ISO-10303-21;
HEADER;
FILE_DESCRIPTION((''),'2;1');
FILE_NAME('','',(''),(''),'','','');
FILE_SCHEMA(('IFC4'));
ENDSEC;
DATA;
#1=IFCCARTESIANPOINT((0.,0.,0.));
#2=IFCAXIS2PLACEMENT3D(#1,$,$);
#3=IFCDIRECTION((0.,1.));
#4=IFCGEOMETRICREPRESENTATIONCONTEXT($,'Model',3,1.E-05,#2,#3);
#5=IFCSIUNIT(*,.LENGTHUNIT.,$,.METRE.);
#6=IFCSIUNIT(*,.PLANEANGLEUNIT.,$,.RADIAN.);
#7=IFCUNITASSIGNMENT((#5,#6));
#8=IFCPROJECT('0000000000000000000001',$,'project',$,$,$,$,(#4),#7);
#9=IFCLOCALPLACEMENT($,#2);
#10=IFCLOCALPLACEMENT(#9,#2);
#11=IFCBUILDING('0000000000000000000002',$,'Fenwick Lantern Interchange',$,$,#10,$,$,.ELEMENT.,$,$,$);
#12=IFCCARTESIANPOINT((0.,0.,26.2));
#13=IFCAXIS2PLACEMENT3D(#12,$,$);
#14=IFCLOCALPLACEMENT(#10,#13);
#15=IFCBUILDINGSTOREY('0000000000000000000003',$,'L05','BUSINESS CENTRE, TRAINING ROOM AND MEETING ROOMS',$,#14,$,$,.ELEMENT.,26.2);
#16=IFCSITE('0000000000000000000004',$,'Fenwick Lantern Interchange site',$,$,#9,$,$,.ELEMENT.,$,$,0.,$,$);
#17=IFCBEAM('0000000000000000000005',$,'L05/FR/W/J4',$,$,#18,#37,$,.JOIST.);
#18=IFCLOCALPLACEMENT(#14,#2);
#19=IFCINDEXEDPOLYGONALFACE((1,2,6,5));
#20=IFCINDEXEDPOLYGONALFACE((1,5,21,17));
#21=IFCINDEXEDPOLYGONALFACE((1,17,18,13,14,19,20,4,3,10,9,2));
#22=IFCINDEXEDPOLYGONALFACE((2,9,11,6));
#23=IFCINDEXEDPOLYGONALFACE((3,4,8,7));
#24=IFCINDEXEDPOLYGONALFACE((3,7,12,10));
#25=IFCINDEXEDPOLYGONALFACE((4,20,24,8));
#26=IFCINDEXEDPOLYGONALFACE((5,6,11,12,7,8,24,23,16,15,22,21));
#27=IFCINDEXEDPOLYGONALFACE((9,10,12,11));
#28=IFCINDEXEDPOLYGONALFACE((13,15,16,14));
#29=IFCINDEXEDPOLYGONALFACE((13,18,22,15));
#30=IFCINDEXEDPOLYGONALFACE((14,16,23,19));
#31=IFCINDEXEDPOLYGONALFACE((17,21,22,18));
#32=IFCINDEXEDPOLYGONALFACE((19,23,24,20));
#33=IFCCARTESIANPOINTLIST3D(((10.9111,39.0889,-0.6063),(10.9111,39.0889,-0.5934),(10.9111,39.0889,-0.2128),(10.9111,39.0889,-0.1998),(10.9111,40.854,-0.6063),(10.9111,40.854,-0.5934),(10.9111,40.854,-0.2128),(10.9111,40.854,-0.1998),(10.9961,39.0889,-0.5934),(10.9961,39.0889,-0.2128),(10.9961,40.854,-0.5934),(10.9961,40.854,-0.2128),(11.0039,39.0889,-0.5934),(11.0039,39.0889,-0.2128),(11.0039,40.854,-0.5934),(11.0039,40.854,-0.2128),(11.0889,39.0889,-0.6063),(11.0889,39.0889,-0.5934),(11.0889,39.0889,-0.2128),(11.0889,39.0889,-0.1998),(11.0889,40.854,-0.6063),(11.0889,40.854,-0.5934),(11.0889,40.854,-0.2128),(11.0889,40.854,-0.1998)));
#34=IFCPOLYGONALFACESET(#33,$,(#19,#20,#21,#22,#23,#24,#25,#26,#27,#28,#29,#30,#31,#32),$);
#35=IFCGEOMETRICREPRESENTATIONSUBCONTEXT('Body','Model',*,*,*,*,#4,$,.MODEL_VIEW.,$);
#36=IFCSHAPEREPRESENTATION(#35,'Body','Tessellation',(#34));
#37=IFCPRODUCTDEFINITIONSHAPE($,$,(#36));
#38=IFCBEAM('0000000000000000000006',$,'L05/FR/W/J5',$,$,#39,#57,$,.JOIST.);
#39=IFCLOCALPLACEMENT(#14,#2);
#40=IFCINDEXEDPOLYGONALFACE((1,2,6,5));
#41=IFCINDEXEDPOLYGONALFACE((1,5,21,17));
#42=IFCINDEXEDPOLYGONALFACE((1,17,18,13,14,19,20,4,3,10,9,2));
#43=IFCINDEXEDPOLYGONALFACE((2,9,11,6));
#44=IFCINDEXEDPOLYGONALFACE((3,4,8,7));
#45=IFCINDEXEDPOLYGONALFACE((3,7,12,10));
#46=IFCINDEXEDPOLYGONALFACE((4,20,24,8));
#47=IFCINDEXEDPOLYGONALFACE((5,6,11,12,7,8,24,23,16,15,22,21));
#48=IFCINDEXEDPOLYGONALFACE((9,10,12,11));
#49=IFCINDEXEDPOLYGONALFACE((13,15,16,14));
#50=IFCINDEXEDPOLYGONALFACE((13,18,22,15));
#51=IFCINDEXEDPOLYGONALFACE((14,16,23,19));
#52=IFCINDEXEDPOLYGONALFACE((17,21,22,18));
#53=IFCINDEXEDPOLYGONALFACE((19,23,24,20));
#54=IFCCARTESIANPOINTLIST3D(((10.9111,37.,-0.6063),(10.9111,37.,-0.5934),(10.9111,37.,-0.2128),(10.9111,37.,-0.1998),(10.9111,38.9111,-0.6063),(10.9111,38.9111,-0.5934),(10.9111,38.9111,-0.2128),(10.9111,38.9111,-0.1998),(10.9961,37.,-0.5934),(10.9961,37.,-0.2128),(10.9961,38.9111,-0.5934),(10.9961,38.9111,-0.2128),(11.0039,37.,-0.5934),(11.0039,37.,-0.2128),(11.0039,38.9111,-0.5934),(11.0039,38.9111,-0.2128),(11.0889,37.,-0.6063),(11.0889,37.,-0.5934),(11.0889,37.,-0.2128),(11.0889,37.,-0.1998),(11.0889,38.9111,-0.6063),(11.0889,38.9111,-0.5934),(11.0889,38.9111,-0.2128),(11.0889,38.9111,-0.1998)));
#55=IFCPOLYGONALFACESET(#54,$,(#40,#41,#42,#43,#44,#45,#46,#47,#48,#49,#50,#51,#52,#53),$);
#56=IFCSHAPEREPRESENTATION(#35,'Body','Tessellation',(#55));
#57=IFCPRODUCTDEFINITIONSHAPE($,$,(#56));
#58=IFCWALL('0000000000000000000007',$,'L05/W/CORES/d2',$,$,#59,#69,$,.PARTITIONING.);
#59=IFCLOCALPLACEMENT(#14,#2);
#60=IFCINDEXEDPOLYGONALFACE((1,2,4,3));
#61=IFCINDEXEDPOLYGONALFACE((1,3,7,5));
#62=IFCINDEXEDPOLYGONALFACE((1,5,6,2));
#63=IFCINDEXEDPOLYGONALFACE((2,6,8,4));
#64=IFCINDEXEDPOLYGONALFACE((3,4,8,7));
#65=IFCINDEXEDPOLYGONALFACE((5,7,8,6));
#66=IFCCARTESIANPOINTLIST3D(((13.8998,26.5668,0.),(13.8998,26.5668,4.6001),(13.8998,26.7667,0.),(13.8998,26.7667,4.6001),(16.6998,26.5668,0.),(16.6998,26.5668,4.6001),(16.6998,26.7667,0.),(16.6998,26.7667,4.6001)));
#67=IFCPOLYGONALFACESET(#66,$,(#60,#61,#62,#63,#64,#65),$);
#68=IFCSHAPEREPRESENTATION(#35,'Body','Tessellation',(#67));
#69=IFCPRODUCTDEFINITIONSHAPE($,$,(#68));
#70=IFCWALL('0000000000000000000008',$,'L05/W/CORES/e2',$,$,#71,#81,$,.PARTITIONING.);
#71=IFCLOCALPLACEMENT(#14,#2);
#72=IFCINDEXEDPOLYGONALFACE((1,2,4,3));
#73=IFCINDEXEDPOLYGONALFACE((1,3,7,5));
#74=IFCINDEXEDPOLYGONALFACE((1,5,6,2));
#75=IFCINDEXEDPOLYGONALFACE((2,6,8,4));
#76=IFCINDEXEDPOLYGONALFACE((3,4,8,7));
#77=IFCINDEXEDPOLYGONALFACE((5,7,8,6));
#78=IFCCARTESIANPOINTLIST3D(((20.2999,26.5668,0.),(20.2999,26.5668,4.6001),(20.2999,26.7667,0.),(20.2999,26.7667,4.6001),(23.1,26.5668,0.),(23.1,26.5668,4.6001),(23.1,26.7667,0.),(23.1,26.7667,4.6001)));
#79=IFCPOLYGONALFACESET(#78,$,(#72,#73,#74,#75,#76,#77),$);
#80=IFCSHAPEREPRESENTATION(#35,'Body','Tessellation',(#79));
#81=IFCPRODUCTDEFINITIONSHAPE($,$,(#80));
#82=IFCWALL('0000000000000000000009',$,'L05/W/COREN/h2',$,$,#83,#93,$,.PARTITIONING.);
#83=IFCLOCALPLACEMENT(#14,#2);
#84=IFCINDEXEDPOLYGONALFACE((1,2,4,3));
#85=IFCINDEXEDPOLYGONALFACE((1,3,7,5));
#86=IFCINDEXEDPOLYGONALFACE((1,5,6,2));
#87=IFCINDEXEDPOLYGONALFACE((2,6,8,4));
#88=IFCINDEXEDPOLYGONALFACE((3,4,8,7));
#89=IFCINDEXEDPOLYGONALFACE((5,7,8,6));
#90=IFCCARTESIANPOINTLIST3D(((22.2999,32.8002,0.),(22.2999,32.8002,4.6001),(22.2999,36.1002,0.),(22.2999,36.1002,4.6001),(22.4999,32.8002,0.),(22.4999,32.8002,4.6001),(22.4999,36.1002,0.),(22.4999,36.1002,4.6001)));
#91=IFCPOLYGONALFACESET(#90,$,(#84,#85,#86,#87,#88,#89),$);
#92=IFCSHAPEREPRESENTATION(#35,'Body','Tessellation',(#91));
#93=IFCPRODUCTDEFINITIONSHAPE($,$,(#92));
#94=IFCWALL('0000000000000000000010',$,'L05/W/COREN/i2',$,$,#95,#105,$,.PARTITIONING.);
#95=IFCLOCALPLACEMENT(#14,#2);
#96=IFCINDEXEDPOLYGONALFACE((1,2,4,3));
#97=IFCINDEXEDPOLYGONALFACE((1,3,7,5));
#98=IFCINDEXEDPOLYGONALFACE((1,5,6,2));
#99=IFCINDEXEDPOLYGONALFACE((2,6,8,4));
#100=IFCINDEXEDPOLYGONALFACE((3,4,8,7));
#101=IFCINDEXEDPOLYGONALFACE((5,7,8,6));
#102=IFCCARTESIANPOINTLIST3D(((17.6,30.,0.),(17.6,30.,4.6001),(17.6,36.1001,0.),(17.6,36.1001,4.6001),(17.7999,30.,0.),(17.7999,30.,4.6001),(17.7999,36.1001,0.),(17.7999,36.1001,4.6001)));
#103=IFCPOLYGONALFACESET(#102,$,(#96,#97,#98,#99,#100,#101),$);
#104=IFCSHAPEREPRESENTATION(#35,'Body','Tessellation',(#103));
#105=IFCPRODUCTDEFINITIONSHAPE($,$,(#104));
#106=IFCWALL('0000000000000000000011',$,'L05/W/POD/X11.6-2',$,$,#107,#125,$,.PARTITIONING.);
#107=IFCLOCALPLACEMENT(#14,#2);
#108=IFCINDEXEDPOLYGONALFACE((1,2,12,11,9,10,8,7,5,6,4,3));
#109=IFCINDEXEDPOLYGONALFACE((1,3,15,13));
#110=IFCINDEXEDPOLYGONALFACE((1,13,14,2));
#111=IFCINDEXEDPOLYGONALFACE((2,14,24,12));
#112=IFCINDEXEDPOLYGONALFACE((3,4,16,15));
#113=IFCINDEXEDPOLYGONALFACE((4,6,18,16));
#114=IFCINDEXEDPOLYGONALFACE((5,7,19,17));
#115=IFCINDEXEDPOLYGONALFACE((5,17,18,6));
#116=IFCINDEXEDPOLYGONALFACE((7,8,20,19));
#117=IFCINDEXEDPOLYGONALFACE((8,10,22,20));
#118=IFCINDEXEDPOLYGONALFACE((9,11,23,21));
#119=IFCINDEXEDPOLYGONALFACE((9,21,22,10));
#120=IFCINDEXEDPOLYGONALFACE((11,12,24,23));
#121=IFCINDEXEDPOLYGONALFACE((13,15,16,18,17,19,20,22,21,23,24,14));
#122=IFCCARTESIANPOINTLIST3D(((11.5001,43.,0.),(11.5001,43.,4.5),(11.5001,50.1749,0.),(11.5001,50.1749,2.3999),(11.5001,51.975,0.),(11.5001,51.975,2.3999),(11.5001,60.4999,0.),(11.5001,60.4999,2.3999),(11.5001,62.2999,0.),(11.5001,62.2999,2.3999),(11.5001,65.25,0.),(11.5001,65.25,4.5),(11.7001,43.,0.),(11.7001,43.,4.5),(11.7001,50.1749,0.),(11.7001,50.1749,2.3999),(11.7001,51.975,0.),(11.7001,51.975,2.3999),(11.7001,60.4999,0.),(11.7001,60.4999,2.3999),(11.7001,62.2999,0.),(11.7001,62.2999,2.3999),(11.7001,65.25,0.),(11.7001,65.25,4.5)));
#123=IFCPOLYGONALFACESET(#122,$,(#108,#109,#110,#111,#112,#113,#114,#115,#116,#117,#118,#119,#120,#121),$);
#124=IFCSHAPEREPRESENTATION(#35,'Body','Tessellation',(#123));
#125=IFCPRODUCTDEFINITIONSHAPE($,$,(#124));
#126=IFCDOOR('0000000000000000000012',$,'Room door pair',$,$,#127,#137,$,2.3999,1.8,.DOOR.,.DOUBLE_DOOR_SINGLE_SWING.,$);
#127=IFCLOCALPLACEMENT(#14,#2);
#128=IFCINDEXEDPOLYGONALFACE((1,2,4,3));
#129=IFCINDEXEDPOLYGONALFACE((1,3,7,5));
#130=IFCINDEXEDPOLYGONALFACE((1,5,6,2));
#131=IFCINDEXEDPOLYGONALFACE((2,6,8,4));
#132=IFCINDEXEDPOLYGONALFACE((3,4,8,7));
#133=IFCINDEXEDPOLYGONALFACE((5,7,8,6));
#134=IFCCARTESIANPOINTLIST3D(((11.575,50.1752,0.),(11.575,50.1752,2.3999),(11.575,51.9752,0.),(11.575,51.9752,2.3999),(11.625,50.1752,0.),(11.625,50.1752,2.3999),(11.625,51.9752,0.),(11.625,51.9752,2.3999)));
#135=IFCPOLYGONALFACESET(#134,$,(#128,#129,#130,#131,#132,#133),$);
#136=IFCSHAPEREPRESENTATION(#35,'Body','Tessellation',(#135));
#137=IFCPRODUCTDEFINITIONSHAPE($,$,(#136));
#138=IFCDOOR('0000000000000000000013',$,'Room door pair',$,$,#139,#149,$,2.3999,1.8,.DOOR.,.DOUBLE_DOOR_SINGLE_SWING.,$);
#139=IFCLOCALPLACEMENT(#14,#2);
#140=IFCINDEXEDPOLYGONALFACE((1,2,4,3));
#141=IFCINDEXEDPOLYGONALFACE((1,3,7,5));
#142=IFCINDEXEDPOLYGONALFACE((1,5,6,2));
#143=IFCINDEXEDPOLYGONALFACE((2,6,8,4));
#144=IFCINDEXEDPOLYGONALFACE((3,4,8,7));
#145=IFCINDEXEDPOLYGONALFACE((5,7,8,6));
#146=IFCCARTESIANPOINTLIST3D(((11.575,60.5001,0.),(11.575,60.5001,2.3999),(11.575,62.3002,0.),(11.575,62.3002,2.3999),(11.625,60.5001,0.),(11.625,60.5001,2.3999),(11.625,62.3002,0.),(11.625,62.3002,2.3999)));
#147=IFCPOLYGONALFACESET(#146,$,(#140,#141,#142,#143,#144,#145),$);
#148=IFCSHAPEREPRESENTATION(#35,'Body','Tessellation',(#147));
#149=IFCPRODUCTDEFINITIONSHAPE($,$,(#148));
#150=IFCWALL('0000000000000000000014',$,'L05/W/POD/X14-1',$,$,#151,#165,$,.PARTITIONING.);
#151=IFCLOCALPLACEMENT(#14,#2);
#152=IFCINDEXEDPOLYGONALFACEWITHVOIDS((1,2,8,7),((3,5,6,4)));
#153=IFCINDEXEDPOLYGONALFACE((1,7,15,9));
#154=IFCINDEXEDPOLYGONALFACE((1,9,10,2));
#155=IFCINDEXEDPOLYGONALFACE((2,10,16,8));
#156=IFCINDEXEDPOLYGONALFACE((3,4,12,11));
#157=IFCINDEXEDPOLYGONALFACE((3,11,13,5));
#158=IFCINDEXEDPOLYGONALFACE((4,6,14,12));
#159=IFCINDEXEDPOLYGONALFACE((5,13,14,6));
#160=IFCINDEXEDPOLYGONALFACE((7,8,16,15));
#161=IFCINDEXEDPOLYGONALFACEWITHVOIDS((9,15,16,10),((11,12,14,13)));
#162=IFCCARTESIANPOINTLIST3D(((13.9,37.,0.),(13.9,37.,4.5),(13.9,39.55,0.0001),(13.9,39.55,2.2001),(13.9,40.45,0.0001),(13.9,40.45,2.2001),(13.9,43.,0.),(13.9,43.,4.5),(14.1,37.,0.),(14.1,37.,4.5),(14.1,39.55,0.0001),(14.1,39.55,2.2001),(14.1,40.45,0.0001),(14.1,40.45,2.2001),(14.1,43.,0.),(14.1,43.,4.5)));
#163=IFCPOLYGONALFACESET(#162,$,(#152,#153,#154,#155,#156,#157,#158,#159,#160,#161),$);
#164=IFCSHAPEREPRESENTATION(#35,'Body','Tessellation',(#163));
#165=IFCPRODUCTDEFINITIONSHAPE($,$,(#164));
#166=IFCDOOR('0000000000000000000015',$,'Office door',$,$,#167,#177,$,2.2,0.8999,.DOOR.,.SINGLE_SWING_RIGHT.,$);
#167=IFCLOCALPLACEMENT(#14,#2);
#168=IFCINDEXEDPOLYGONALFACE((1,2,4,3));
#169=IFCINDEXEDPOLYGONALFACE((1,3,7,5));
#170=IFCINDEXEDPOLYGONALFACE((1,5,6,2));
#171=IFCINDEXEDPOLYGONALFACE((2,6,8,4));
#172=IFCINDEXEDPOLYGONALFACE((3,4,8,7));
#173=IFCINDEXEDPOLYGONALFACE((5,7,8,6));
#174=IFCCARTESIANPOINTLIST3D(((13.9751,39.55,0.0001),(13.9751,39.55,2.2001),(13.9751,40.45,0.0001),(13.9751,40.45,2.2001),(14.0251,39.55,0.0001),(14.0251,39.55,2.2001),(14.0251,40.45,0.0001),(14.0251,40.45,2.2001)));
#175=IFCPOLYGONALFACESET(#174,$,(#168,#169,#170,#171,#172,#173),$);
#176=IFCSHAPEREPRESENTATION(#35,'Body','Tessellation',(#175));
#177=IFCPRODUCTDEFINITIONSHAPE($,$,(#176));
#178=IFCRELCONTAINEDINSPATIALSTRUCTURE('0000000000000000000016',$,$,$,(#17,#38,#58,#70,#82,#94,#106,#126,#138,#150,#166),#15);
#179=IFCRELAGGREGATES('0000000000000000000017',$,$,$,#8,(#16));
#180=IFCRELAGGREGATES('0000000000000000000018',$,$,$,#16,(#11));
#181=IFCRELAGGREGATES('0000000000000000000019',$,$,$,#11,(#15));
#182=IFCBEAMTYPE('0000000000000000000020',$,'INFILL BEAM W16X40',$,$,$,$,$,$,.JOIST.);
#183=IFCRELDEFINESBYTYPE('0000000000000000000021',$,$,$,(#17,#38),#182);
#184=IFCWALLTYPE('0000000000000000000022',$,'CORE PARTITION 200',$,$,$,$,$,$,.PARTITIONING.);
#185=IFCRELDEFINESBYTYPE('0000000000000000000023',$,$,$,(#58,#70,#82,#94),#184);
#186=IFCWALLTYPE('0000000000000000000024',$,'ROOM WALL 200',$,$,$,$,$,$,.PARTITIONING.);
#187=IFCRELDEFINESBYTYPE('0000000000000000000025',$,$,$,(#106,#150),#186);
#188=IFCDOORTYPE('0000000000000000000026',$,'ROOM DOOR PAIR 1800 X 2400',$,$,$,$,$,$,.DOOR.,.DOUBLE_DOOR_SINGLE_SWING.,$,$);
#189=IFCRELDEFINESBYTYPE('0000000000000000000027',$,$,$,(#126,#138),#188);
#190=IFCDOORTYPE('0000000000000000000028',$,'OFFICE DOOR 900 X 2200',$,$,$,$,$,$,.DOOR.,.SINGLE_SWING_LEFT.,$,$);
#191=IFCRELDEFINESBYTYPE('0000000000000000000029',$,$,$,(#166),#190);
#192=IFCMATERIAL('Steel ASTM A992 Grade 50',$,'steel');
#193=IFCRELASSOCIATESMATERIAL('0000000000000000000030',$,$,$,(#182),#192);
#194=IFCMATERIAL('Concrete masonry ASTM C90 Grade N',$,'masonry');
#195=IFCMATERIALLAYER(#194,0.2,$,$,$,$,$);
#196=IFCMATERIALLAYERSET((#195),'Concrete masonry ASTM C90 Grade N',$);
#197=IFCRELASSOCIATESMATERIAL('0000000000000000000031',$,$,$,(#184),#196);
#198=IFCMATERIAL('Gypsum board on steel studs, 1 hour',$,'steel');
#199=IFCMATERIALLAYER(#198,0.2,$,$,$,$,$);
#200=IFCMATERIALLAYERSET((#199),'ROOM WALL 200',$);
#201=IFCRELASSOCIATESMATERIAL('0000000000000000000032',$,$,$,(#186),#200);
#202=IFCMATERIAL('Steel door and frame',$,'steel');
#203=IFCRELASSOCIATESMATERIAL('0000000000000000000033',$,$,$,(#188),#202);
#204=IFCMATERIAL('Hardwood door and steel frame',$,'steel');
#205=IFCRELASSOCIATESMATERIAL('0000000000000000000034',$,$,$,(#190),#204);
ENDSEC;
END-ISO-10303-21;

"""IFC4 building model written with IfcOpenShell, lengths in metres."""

from ifc_helpers import new_model, si_unit, direction, frame, frame_2d, origin, origin_2d, place, context, subcontext, project, spatial, rectangle, i_section, extrude, material, layer, layer_set, material_profile, profile_set, type_object, element, fill, save


model = new_model("IFC4")

# Units and contexts
model_context = context("Model", 3, precision=1e-05, world=origin(), true_north=direction((0.0, 1.0)))
body_context = subcontext(model_context, "Body", "Model", "MODEL_VIEW")
ifc_project = project(units=[si_unit("LENGTHUNIT", "METRE"), si_unit("PLANEANGLEUNIT", "RADIAN")], contexts=[model_context])

# Site, building, storey
site_placement = place(None, origin())
site = spatial("IfcSite", under=ifc_project, at=site_placement, Name="Fenwick Lantern Interchange site", CompositionType="ELEMENT", RefElevation=0.0)
building_placement = place(site_placement, origin())
building = spatial("IfcBuilding", under=site, at=building_placement, Name="Fenwick Lantern Interchange", CompositionType="ELEMENT")
storey_placement = place(building_placement, frame((0.0, 0.0, 26.2)))
storey = spatial("IfcBuildingStorey", under=building, at=storey_placement, Name="L05", Description="BUSINESS CENTRE, TRAINING ROOM AND MEETING ROOMS", CompositionType="ELEMENT", Elevation=26.2)

# Beams
ifc_material_1 = material(Name="Steel ASTM A992 Grade 50", Category="steel")
ifc_material_profile = material_profile(ifc_material_1, i_section(OverallWidth=0.1777, OverallDepth=0.4065, WebThickness=0.0078, FlangeThickness=0.0129, at=origin_2d()), Name="W16X40")
ifc_profile_set = profile_set([ifc_material_profile], Name="Steel ASTM A992 Grade 50")
beam_type = type_object("IfcBeamType", Name="INFILL BEAM W16X40", PredefinedType="JOIST", material=ifc_profile_set)
beam_1_placement = place(storey_placement, frame((11.0, 40.854, -0.4031), z_axis=(0.0, -1.0, 0.0), x_axis=(1.0, 0.0, 0.0)))
element("IfcBeam", 1, at=beam_1_placement, inside=storey, type_object=beam_type, Name="L05/FR/W/J4", PredefinedType="JOIST", context=body_context, shape_type="SweptSolid", body=[
    extrude(i_section(OverallWidth=0.1777, OverallDepth=0.4065, WebThickness=0.0078, FlangeThickness=0.0129, at=origin_2d()), origin(), (0.0, 0.0, 1.0), 1.7651),
])
beam_2_placement = place(storey_placement, frame((11.0, 38.9111, -0.4031), z_axis=(0.0, -1.0, 0.0), x_axis=(1.0, 0.0, 0.0)))
element("IfcBeam", 2, at=beam_2_placement, inside=storey, type_object=beam_type, Name="L05/FR/W/J5", PredefinedType="JOIST", context=body_context, shape_type="SweptSolid", body=[
    extrude(i_section(OverallWidth=0.1777, OverallDepth=0.4065, WebThickness=0.0078, FlangeThickness=0.0129, at=origin_2d()), origin(), (0.0, 0.0, 1.0), 1.9111),
])

# Walls
ifc_material_2 = material(Name="Concrete masonry ASTM C90 Grade N", Category="masonry")
ifc_layer_1 = layer(ifc_material_2, 0.2)
ifc_layer_set_1 = layer_set([ifc_layer_1], Name="Concrete masonry ASTM C90 Grade N")
wall_type_1 = type_object("IfcWallType", Name="CORE PARTITION 200", PredefinedType="PARTITIONING", material=ifc_layer_set_1)
for number, where, z_axis, x_axis, name in (
    (3, (13.8999, 26.6667, 0.0), (0.0, 0.0, 1.0), (1.0, 0.0, 0.0), "L05/W/CORES/d2"),
    (4, (20.3, 26.6667, 0.0), (0.0, 0.0, 1.0), (1.0, 0.0, 0.0), "L05/W/CORES/e2"),
):
    element("IfcWall", number, at=place(storey_placement, frame(where, z_axis=z_axis, x_axis=x_axis)), inside=storey, type_object=wall_type_1, Name=name, PredefinedType="PARTITIONING", context=body_context, shape_type="SweptSolid", body=[
        extrude(rectangle(XDim=2.8, YDim=0.2, at=frame_2d((1.3999, 0.0))), origin(), (0.0, 0.0, 1.0), 4.6001),
    ])
wall_1_placement = place(storey_placement, frame((22.3999, 36.1001, 0.0), z_axis=(0.0, 0.0, 1.0), x_axis=(0.0, -1.0, 0.0)))
element("IfcWall", 5, at=wall_1_placement, inside=storey, type_object=wall_type_1, Name="L05/W/COREN/h2", PredefinedType="PARTITIONING", context=body_context, shape_type="SweptSolid", body=[
    extrude(rectangle(XDim=3.3, YDim=0.2, at=frame_2d((1.6499, 0.0))), origin(), (0.0, 0.0, 1.0), 4.6001),
])
wall_2_placement = place(storey_placement, frame((17.7, 36.1001, 0.0), z_axis=(0.0, 0.0, 1.0), x_axis=(0.0, -1.0, 0.0)))
element("IfcWall", 6, at=wall_2_placement, inside=storey, type_object=wall_type_1, Name="L05/W/COREN/i2", PredefinedType="PARTITIONING", context=body_context, shape_type="SweptSolid", body=[
    extrude(rectangle(XDim=6.1001, YDim=0.2, at=frame_2d((3.05, 0.0))), origin(), (0.0, 0.0, 1.0), 4.6001),
])

# Wall, openings, doors
ifc_material_3 = material(Name="Steel door and frame", Category="steel")
ifc_material_4 = material(Name="Hardwood door and steel frame", Category="steel")
ifc_material_5 = material(Name="Gypsum board on steel studs, 1 hour", Category="steel")
ifc_layer_2 = layer(ifc_material_5, 0.2)
ifc_layer_set_2 = layer_set([ifc_layer_2], Name="ROOM WALL 200")
wall_type_2 = type_object("IfcWallType", Name="ROOM WALL 200", PredefinedType="PARTITIONING", material=ifc_layer_set_2)
wall_3_placement = place(storey_placement, frame((11.6001, 43.0, 0.0), z_axis=(0.0, 0.0, 1.0), x_axis=(0.0, 1.0, 0.0)))
wall_3 = element("IfcWall", 7, at=wall_3_placement, inside=storey, type_object=wall_type_2, Name="L05/W/POD/X11.6-2", PredefinedType="PARTITIONING", context=body_context, shape_type="SweptSolid", body=[
    extrude(rectangle(XDim=22.25, YDim=0.2, at=frame_2d((11.125, 0.0))), origin(), (0.0, 0.0, 1.0), 4.5),
])
opening_1_placement = place(wall_3_placement, frame((7.175, 0.0, 0.0)))
opening_1 = element("IfcOpeningElement", 8, at=opening_1_placement, cuts=wall_3, PredefinedType="OPENING", context=body_context, shape_type="SweptSolid", body=[
    extrude(rectangle(XDim=1.8, YDim=2.3999, at=frame_2d((0.8999, 1.2))), frame((0.0, 0.1099, 0.0), z_axis=(0.0, -1.0, 0.0), x_axis=(1.0, 0.0, 0.0)), (0.0, 0.0, 1.0), 0.22),
])
opening_2_placement = place(wall_3_placement, frame((17.5, 0.0, 0.0)))
opening_2 = element("IfcOpeningElement", 9, at=opening_2_placement, cuts=wall_3, PredefinedType="OPENING", context=body_context, shape_type="SweptSolid", body=[
    extrude(rectangle(XDim=1.8, YDim=2.3999, at=frame_2d((0.8999, 1.2))), frame((0.0, 0.1099, 0.0), z_axis=(0.0, -1.0, 0.0), x_axis=(1.0, 0.0, 0.0)), (0.0, 0.0, 1.0), 0.22),
])
door_type_1 = type_object("IfcDoorType", Name="ROOM DOOR PAIR 1800 X 2400", OperationType="DOUBLE_DOOR_SINGLE_SWING", PredefinedType="DOOR", material=ifc_material_3)
door_1_placement = place(opening_1_placement, frame((1.8, 0.0, 0.0), z_axis=(0.0, 0.0, 1.0), x_axis=(-1.0, 0.0, 0.0)))
door_1 = element("IfcDoor", 10, at=door_1_placement, inside=storey, type_object=door_type_1, Name="Room door pair", OperationType="DOUBLE_DOOR_SINGLE_SWING", OverallHeight=2.3999, OverallWidth=1.8, PredefinedType="DOOR", context=body_context, shape_type="SweptSolid", body=[
    extrude(rectangle(XDim=1.8, YDim=2.3999, at=frame_2d((0.8999, 1.2))), frame((0.0, 0.0249, 0.0), z_axis=(0.0, -1.0, 0.0), x_axis=(1.0, 0.0, 0.0)), (0.0, 0.0, 1.0), 0.05),
])
fill(opening_1, door_1)
door_2_placement = place(opening_2_placement, frame((1.8, 0.0, 0.0), z_axis=(0.0, 0.0, 1.0), x_axis=(-1.0, 0.0, 0.0)))
door_2 = element("IfcDoor", 11, at=door_2_placement, inside=storey, type_object=door_type_1, Name="Room door pair", OperationType="DOUBLE_DOOR_SINGLE_SWING", OverallHeight=2.3999, OverallWidth=1.8, PredefinedType="DOOR", context=body_context, shape_type="SweptSolid", body=[
    extrude(rectangle(XDim=1.8, YDim=2.3999, at=frame_2d((0.8999, 1.2))), frame((0.0, 0.0249, 0.0), z_axis=(0.0, -1.0, 0.0), x_axis=(1.0, 0.0, 0.0)), (0.0, 0.0, 1.0), 0.05),
])
fill(opening_2, door_2)

# Wall, opening, door
wall_4_placement = place(storey_placement, frame((14.0, 37.0, 0.0), z_axis=(0.0, 0.0, 1.0), x_axis=(0.0, 1.0, 0.0)))
wall_4 = element("IfcWall", 12, at=wall_4_placement, inside=storey, type_object=wall_type_2, Name="L05/W/POD/X14-1", PredefinedType="PARTITIONING", context=body_context, shape_type="SweptSolid", body=[
    extrude(rectangle(XDim=6.0, YDim=0.2, at=frame_2d((3.0, 0.0))), origin(), (0.0, 0.0, 1.0), 4.5),
])
opening_3_placement = place(wall_4_placement, frame((2.55, 0.0, 0.0)))
opening_3 = element("IfcOpeningElement", 13, at=opening_3_placement, cuts=wall_4, PredefinedType="OPENING", context=body_context, shape_type="SweptSolid", body=[
    extrude(rectangle(XDim=0.8999, YDim=2.2, at=frame_2d((0.45, 1.1001))), frame((0.0, 0.1099, 0.0), z_axis=(0.0, -1.0, 0.0), x_axis=(1.0, 0.0, 0.0)), (0.0, 0.0, 1.0), 0.22),
])
door_type_2 = type_object("IfcDoorType", Name="OFFICE DOOR 900 X 2200", OperationType="SINGLE_SWING_LEFT", PredefinedType="DOOR", material=ifc_material_4)
door_3_placement = place(opening_3_placement, origin())
door_3 = element("IfcDoor", 14, at=door_3_placement, inside=storey, type_object=door_type_2, Name="Office door", OperationType="SINGLE_SWING_RIGHT", OverallHeight=2.2, OverallWidth=0.8999, PredefinedType="DOOR", context=body_context, shape_type="SweptSolid", body=[
    extrude(rectangle(XDim=0.8999, YDim=2.2, at=frame_2d((0.45, 1.1001))), frame((0.0, 0.0249, 0.0), z_axis=(0.0, -1.0, 0.0), x_axis=(1.0, 0.0, 0.0)), (0.0, 0.0, 1.0), 0.05),
])
fill(opening_3, door_3)

save(model, "model.ifc")
